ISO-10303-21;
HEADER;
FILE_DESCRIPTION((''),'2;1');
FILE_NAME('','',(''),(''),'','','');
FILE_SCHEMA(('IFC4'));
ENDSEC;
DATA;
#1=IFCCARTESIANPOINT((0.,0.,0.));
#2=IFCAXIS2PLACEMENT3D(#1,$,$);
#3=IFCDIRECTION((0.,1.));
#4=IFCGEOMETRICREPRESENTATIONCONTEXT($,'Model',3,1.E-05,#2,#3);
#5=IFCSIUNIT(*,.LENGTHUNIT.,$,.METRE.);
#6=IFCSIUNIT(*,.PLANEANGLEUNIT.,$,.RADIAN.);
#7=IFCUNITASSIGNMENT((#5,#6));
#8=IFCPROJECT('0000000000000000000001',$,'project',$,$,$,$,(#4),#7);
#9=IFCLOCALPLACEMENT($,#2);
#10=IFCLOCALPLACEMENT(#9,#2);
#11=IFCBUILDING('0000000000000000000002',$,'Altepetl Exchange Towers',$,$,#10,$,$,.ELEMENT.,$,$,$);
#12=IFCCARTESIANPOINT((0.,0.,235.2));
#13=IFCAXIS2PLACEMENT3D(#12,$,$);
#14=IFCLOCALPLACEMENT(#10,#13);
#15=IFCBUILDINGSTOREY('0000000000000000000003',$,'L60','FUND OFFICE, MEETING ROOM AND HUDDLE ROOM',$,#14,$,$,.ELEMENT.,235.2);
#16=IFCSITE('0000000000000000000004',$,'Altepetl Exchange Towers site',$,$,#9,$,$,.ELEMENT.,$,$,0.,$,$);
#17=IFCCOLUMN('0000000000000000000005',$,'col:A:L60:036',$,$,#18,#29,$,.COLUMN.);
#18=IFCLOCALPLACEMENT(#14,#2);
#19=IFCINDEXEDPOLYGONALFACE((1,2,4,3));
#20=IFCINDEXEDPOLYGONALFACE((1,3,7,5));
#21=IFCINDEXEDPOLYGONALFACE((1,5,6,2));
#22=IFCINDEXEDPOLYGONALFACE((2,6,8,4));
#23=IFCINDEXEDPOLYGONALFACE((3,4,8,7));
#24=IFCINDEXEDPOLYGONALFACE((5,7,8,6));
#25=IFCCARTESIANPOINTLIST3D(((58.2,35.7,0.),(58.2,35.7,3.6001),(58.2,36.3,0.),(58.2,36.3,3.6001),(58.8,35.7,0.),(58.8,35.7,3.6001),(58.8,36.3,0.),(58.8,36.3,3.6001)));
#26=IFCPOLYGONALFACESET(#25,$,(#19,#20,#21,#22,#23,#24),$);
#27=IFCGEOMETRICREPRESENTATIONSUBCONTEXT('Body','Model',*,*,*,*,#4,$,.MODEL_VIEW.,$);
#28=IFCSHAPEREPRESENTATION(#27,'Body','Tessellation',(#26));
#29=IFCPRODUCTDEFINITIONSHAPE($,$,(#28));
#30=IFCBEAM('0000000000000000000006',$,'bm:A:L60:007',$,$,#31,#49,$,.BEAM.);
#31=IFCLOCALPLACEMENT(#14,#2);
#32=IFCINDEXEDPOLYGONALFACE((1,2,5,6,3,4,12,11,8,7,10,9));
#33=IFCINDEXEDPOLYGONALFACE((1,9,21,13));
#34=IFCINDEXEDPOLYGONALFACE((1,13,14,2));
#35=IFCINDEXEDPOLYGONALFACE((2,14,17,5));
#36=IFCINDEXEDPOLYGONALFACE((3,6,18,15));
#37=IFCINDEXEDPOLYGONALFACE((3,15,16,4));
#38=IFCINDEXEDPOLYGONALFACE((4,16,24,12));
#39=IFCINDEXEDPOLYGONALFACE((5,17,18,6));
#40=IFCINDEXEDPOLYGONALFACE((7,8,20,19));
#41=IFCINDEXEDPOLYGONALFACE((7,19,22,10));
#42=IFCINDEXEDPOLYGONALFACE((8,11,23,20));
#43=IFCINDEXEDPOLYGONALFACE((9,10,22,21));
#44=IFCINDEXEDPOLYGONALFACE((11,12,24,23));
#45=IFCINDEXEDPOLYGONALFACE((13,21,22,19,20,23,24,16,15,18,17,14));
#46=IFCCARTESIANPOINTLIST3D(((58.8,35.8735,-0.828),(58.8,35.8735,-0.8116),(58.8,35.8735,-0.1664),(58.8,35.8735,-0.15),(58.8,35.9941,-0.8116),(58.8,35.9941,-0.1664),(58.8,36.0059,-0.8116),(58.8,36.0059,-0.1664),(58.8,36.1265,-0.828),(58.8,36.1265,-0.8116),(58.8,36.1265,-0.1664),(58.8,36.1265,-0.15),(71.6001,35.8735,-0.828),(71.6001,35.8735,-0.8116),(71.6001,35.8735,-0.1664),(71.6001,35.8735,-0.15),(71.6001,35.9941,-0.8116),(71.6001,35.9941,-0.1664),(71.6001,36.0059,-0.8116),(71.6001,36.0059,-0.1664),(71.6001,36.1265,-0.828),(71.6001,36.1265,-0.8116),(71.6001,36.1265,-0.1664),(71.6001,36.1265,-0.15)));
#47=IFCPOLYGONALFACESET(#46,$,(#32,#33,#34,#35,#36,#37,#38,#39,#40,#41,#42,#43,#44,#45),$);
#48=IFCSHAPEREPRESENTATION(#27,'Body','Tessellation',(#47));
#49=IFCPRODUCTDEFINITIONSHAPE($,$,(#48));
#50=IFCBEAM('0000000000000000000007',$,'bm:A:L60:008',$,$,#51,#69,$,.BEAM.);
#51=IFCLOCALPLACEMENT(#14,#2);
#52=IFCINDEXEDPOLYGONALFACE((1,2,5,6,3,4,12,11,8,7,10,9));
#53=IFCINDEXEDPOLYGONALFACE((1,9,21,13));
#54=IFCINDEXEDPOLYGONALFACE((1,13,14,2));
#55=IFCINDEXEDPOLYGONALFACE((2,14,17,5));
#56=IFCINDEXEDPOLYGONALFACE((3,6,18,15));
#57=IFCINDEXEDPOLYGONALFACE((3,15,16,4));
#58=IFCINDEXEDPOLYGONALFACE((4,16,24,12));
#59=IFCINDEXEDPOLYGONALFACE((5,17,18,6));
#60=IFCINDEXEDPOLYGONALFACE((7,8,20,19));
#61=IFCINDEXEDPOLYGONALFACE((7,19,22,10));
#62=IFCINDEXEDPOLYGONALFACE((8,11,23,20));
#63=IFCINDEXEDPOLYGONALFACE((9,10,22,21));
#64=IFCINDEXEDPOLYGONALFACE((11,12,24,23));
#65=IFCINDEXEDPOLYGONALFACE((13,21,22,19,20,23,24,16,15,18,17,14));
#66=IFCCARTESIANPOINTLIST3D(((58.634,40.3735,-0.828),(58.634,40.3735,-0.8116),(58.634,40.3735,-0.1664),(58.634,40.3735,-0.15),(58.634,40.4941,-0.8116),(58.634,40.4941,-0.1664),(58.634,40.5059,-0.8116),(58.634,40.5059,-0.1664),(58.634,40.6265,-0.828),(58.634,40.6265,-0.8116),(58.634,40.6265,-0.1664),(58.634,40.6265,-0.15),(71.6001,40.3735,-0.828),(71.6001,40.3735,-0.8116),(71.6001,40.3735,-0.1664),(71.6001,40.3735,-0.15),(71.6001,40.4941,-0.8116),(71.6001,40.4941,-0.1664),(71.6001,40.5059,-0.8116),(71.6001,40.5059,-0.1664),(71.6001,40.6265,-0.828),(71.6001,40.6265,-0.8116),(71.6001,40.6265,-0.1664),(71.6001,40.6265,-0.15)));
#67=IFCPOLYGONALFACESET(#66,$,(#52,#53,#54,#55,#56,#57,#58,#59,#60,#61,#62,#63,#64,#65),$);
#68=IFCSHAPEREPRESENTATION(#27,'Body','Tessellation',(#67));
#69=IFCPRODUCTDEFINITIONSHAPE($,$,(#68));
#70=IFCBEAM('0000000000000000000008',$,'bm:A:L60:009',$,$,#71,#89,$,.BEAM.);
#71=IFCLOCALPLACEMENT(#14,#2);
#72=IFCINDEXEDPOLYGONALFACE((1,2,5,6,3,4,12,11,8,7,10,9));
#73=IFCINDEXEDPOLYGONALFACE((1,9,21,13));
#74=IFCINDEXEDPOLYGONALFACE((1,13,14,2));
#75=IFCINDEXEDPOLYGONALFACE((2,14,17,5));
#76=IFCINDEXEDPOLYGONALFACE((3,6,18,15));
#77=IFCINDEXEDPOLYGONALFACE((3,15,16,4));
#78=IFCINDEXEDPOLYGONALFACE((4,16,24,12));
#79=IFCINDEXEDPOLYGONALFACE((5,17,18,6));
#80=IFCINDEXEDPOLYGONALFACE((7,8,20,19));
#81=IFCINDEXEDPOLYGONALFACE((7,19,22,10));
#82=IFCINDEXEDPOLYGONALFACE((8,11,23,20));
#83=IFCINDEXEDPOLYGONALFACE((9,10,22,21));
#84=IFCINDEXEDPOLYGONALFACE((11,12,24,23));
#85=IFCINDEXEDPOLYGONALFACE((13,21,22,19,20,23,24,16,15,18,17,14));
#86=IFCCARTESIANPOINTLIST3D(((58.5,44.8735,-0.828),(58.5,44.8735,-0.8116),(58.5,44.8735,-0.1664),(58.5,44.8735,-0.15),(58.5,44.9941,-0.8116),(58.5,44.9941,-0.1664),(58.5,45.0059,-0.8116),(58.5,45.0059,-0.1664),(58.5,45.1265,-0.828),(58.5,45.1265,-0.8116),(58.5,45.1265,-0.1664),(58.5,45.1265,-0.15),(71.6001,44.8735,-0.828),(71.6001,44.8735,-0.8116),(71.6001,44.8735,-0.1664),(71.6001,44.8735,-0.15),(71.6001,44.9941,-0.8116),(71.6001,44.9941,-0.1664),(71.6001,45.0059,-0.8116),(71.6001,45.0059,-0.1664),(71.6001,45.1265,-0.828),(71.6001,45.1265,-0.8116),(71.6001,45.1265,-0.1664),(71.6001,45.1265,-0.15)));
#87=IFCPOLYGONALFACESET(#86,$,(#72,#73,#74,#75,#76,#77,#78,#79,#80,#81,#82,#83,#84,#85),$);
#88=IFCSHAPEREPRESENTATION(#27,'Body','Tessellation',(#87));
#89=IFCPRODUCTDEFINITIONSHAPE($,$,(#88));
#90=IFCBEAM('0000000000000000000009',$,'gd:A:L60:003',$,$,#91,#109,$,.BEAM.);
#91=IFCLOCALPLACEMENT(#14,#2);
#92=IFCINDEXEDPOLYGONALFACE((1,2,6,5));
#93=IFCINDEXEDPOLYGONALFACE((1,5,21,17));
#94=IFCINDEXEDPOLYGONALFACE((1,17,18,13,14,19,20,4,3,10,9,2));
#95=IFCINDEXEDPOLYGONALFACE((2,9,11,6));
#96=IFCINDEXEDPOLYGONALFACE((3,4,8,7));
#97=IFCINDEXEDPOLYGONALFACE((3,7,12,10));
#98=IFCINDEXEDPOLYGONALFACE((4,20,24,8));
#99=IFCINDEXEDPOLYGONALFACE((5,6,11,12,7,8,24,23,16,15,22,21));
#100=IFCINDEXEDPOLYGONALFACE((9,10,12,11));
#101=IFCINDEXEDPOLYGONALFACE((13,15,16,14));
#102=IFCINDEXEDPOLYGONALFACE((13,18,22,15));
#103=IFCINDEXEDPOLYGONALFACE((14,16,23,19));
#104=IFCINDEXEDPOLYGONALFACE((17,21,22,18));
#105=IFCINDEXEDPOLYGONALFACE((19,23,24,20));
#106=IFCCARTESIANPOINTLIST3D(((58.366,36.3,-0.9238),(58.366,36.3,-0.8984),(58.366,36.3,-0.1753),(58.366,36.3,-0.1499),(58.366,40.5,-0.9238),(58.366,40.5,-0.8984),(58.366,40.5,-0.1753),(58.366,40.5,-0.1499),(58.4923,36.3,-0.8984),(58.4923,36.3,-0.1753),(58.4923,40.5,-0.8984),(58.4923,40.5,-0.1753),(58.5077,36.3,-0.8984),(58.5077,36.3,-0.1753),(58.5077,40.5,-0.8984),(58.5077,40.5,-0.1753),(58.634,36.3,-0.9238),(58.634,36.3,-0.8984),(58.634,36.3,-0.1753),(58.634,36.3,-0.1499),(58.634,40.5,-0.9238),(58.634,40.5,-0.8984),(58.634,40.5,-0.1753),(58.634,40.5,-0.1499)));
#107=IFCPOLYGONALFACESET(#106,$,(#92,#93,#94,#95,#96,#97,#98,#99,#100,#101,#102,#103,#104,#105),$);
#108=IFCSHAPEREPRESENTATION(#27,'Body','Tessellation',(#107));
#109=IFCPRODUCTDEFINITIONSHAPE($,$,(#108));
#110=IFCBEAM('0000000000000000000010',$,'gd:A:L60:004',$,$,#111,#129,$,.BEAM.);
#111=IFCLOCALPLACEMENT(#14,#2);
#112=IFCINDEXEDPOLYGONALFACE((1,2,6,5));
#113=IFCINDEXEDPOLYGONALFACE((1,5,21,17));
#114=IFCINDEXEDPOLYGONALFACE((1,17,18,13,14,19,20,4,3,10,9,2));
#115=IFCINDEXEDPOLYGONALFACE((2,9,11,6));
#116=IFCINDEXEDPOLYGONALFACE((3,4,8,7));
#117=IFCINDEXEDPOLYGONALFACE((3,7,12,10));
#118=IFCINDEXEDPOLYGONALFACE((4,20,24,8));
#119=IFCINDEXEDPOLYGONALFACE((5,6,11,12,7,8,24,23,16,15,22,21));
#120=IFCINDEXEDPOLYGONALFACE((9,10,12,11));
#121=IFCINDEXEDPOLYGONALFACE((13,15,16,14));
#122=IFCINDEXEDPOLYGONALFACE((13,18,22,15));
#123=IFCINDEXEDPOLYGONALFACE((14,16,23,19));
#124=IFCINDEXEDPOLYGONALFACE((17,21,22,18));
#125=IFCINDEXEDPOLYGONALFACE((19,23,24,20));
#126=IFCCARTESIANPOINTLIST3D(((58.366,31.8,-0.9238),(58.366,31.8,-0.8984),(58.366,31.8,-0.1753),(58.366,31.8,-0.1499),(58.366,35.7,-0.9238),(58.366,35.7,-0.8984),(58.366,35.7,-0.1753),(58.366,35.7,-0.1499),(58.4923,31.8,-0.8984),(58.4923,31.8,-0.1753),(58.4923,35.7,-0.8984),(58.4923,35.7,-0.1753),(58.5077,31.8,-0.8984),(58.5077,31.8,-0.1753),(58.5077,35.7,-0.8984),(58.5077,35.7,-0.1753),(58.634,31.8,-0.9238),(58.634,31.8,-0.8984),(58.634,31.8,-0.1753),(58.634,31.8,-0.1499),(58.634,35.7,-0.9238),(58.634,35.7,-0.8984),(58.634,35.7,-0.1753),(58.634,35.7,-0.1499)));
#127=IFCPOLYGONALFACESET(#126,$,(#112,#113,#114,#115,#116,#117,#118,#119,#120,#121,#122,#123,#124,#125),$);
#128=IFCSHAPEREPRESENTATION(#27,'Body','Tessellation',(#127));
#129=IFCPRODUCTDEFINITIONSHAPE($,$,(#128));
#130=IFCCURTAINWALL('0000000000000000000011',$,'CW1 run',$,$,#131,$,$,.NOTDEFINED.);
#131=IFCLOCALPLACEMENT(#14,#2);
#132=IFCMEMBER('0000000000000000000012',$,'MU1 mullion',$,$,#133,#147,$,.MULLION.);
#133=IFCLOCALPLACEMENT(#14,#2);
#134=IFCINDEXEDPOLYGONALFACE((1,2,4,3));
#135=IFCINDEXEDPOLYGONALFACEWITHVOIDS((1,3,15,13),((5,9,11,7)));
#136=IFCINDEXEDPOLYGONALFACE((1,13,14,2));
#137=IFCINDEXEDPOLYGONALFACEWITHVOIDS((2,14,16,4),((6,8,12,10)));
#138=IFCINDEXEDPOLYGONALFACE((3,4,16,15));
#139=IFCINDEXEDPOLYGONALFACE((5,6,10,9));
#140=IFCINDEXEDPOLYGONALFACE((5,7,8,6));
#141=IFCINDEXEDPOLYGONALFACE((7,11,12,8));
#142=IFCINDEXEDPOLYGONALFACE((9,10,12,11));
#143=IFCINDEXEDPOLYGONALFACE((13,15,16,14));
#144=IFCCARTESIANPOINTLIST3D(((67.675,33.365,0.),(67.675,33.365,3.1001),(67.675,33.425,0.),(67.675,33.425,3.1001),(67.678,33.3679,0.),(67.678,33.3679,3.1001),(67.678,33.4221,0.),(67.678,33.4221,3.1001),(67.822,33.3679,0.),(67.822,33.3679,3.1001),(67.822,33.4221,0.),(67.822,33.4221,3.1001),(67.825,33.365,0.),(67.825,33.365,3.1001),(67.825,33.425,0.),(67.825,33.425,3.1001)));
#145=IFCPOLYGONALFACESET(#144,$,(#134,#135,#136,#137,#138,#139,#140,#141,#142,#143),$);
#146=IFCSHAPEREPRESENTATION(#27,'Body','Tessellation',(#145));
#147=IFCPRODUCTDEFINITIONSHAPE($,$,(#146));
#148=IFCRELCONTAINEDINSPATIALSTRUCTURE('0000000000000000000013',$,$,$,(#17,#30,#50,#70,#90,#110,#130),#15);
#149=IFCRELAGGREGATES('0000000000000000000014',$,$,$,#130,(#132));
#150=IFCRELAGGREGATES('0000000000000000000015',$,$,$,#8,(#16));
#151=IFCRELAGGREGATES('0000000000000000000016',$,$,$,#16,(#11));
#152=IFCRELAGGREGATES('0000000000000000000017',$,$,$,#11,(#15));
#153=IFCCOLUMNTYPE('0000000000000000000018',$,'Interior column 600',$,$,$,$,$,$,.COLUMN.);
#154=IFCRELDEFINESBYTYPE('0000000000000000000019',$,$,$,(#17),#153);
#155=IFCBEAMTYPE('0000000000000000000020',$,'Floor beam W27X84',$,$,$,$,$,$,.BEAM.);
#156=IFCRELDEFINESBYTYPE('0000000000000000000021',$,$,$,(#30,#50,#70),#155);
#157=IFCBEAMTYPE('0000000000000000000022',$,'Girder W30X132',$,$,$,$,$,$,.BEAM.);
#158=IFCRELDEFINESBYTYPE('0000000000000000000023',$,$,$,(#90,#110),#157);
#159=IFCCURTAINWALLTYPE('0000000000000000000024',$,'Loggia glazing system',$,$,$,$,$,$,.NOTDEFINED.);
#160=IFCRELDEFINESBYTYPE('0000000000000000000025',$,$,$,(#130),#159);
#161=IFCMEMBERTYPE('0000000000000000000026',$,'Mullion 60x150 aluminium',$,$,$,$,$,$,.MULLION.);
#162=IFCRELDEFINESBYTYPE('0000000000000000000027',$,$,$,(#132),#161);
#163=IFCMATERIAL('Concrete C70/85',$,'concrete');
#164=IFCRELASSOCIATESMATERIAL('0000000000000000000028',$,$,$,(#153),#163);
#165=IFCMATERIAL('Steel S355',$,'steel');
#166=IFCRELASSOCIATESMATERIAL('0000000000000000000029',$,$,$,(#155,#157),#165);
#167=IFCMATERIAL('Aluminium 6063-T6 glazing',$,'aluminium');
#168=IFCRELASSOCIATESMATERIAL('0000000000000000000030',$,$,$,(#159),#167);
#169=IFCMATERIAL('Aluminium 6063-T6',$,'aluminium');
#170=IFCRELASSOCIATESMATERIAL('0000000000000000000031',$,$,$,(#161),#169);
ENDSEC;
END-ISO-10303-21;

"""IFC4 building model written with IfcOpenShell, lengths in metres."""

from ifc_helpers import new_model, si_unit, direction, frame, origin, origin_2d, place, context, subcontext, project, spatial, rectangle, hollow_rectangle, i_section, extrude, material, material_profile, profile_set, type_object, element, aggregate, save


model = new_model("IFC4")

# Units and contexts
model_context = context("Model", 3, precision=1e-05, world=origin(), true_north=direction((0.0, 1.0)))
body_context = subcontext(model_context, "Body", "Model", "MODEL_VIEW")
ifc_project = project(units=[si_unit("LENGTHUNIT", "METRE"), si_unit("PLANEANGLEUNIT", "RADIAN")], contexts=[model_context])

# Site, building, storey
site_placement = place(None, origin())
site = spatial("IfcSite", under=ifc_project, at=site_placement, Name="Altepetl Exchange Towers site", CompositionType="ELEMENT", RefElevation=0.0)
building_placement = place(site_placement, origin())
building = spatial("IfcBuilding", under=site, at=building_placement, Name="Altepetl Exchange Towers", CompositionType="ELEMENT")
storey_placement = place(building_placement, frame((0.0, 0.0, 235.2)))
storey = spatial("IfcBuildingStorey", under=building, at=storey_placement, Name="L60", Description="FUND OFFICE, MEETING ROOM AND HUDDLE ROOM", CompositionType="ELEMENT", Elevation=235.2)

# Column
ifc_material_1 = material(Name="Concrete C70/85", Category="concrete")
ifc_material_profile_1 = material_profile(ifc_material_1, rectangle(XDim=0.6001, YDim=0.6001, at=origin_2d()), Name="600 x 600")
ifc_profile_set_1 = profile_set([ifc_material_profile_1], Name="Concrete C70/85")
column_type = type_object("IfcColumnType", Name="Interior column 600", PredefinedType="COLUMN", material=ifc_profile_set_1)
column_placement = place(storey_placement, frame((58.5, 36.0, 0.0)))
element("IfcColumn", 1, at=column_placement, inside=storey, type_object=column_type, Name="col:A:L60:036", PredefinedType="COLUMN", context=body_context, shape_type="SweptSolid", body=[
    extrude(rectangle(XDim=0.6001, YDim=0.6001, at=origin_2d()), origin(), (0.0, 0.0, 1.0), 3.6001),
])

# Beams
ifc_material_2 = material(Name="Steel S355", Category="steel")
ifc_material_profile_2 = material_profile(ifc_material_2, i_section(OverallWidth=0.2529, OverallDepth=0.678, WebThickness=0.0117, FlangeThickness=0.0164, at=origin_2d()), Name="W27X84")
ifc_profile_set_2 = profile_set([ifc_material_profile_2], Name="Steel S355")
beam_type_1 = type_object("IfcBeamType", Name="Floor beam W27X84", PredefinedType="BEAM", material=ifc_profile_set_2)
beam_1_placement = place(storey_placement, frame((58.8, 36.0, -0.489), z_axis=(1.0, 0.0, 0.0), x_axis=(0.0, 1.0, 0.0)))
element("IfcBeam", 2, at=beam_1_placement, inside=storey, type_object=beam_type_1, Name="bm:A:L60:007", PredefinedType="BEAM", context=body_context, shape_type="SweptSolid", body=[
    extrude(i_section(OverallWidth=0.2529, OverallDepth=0.678, WebThickness=0.0117, FlangeThickness=0.0164, at=origin_2d()), origin(), (0.0, 0.0, 1.0), 12.8),
])
beam_2_placement = place(storey_placement, frame((58.634, 40.5, -0.489), z_axis=(1.0, 0.0, 0.0), x_axis=(0.0, 1.0, 0.0)))
element("IfcBeam", 3, at=beam_2_placement, inside=storey, type_object=beam_type_1, Name="bm:A:L60:008", PredefinedType="BEAM", context=body_context, shape_type="SweptSolid", body=[
    extrude(i_section(OverallWidth=0.2529, OverallDepth=0.678, WebThickness=0.0117, FlangeThickness=0.0164, at=origin_2d()), origin(), (0.0, 0.0, 1.0), 12.9661),
])
beam_3_placement = place(storey_placement, frame((58.5, 45.0, -0.489), z_axis=(1.0, 0.0, 0.0), x_axis=(0.0, 1.0, 0.0)))
element("IfcBeam", 4, at=beam_3_placement, inside=storey, type_object=beam_type_1, Name="bm:A:L60:009", PredefinedType="BEAM", context=body_context, shape_type="SweptSolid", body=[
    extrude(i_section(OverallWidth=0.2529, OverallDepth=0.678, WebThickness=0.0117, FlangeThickness=0.0164, at=origin_2d()), origin(), (0.0, 0.0, 1.0), 13.1001),
])
ifc_material_profile_3 = material_profile(ifc_material_2, i_section(OverallWidth=0.2681, OverallDepth=0.7739, WebThickness=0.0154, FlangeThickness=0.0254, at=origin_2d()), Name="W30X132")
ifc_profile_set_3 = profile_set([ifc_material_profile_3], Name="Steel S355")
beam_type_2 = type_object("IfcBeamType", Name="Girder W30X132", PredefinedType="BEAM", material=ifc_profile_set_3)
beam_4_placement = place(storey_placement, frame((58.5, 40.5, -0.5369), z_axis=(0.0, -1.0, 0.0), x_axis=(1.0, 0.0, 0.0)))
element("IfcBeam", 5, at=beam_4_placement, inside=storey, type_object=beam_type_2, Name="gd:A:L60:003", PredefinedType="BEAM", context=body_context, shape_type="SweptSolid", body=[
    extrude(i_section(OverallWidth=0.2681, OverallDepth=0.7739, WebThickness=0.0154, FlangeThickness=0.0254, at=origin_2d()), origin(), (0.0, 0.0, 1.0), 4.2),
])
beam_5_placement = place(storey_placement, frame((58.5, 35.7, -0.5369), z_axis=(0.0, -1.0, 0.0), x_axis=(1.0, 0.0, 0.0)))
element("IfcBeam", 6, at=beam_5_placement, inside=storey, type_object=beam_type_2, Name="gd:A:L60:004", PredefinedType="BEAM", context=body_context, shape_type="SweptSolid", body=[
    extrude(i_section(OverallWidth=0.2681, OverallDepth=0.7739, WebThickness=0.0154, FlangeThickness=0.0254, at=origin_2d()), origin(), (0.0, 0.0, 1.0), 3.8999),
])

# Curtain wall, member
ifc_material_3 = material(Name="Aluminium 6063-T6 glazing", Category="aluminium")
curtain_wall_type = type_object("IfcCurtainWallType", Name="Loggia glazing system", PredefinedType="NOTDEFINED", material=ifc_material_3)
curtain_wall_placement = place(storey_placement, origin())
curtain_wall = element("IfcCurtainWall", 7, at=curtain_wall_placement, inside=storey, type_object=curtain_wall_type, Name="CW1 run", PredefinedType="NOTDEFINED")
ifc_material_4 = material(Name="Aluminium 6063-T6", Category="aluminium")
ifc_material_profile_4 = material_profile(ifc_material_4, hollow_rectangle(XDim=0.0601, YDim=0.1499, WallThickness=0.0029, at=origin_2d()), Name="Mullion 60x150 aluminium")
ifc_profile_set_4 = profile_set([ifc_material_profile_4], Name="Aluminium 6063-T6")
member_type = type_object("IfcMemberType", Name="Mullion 60x150 aluminium", PredefinedType="MULLION", material=ifc_profile_set_4)
member_placement = place(storey_placement, frame((67.75, 33.395, 0.0), z_axis=(0.0, 0.0, 1.0), x_axis=(0.0, 1.0, 0.0)))
member = element("IfcMember", 8, at=member_placement, type_object=member_type, Name="MU1 mullion", PredefinedType="MULLION", context=body_context, shape_type="SweptSolid", body=[
    extrude(hollow_rectangle(XDim=0.0601, YDim=0.1499, WallThickness=0.0029, at=origin_2d()), origin(), (0.0, 0.0, 1.0), 3.1001),
])
aggregate(curtain_wall, [member])

save(model, "model.ifc")
